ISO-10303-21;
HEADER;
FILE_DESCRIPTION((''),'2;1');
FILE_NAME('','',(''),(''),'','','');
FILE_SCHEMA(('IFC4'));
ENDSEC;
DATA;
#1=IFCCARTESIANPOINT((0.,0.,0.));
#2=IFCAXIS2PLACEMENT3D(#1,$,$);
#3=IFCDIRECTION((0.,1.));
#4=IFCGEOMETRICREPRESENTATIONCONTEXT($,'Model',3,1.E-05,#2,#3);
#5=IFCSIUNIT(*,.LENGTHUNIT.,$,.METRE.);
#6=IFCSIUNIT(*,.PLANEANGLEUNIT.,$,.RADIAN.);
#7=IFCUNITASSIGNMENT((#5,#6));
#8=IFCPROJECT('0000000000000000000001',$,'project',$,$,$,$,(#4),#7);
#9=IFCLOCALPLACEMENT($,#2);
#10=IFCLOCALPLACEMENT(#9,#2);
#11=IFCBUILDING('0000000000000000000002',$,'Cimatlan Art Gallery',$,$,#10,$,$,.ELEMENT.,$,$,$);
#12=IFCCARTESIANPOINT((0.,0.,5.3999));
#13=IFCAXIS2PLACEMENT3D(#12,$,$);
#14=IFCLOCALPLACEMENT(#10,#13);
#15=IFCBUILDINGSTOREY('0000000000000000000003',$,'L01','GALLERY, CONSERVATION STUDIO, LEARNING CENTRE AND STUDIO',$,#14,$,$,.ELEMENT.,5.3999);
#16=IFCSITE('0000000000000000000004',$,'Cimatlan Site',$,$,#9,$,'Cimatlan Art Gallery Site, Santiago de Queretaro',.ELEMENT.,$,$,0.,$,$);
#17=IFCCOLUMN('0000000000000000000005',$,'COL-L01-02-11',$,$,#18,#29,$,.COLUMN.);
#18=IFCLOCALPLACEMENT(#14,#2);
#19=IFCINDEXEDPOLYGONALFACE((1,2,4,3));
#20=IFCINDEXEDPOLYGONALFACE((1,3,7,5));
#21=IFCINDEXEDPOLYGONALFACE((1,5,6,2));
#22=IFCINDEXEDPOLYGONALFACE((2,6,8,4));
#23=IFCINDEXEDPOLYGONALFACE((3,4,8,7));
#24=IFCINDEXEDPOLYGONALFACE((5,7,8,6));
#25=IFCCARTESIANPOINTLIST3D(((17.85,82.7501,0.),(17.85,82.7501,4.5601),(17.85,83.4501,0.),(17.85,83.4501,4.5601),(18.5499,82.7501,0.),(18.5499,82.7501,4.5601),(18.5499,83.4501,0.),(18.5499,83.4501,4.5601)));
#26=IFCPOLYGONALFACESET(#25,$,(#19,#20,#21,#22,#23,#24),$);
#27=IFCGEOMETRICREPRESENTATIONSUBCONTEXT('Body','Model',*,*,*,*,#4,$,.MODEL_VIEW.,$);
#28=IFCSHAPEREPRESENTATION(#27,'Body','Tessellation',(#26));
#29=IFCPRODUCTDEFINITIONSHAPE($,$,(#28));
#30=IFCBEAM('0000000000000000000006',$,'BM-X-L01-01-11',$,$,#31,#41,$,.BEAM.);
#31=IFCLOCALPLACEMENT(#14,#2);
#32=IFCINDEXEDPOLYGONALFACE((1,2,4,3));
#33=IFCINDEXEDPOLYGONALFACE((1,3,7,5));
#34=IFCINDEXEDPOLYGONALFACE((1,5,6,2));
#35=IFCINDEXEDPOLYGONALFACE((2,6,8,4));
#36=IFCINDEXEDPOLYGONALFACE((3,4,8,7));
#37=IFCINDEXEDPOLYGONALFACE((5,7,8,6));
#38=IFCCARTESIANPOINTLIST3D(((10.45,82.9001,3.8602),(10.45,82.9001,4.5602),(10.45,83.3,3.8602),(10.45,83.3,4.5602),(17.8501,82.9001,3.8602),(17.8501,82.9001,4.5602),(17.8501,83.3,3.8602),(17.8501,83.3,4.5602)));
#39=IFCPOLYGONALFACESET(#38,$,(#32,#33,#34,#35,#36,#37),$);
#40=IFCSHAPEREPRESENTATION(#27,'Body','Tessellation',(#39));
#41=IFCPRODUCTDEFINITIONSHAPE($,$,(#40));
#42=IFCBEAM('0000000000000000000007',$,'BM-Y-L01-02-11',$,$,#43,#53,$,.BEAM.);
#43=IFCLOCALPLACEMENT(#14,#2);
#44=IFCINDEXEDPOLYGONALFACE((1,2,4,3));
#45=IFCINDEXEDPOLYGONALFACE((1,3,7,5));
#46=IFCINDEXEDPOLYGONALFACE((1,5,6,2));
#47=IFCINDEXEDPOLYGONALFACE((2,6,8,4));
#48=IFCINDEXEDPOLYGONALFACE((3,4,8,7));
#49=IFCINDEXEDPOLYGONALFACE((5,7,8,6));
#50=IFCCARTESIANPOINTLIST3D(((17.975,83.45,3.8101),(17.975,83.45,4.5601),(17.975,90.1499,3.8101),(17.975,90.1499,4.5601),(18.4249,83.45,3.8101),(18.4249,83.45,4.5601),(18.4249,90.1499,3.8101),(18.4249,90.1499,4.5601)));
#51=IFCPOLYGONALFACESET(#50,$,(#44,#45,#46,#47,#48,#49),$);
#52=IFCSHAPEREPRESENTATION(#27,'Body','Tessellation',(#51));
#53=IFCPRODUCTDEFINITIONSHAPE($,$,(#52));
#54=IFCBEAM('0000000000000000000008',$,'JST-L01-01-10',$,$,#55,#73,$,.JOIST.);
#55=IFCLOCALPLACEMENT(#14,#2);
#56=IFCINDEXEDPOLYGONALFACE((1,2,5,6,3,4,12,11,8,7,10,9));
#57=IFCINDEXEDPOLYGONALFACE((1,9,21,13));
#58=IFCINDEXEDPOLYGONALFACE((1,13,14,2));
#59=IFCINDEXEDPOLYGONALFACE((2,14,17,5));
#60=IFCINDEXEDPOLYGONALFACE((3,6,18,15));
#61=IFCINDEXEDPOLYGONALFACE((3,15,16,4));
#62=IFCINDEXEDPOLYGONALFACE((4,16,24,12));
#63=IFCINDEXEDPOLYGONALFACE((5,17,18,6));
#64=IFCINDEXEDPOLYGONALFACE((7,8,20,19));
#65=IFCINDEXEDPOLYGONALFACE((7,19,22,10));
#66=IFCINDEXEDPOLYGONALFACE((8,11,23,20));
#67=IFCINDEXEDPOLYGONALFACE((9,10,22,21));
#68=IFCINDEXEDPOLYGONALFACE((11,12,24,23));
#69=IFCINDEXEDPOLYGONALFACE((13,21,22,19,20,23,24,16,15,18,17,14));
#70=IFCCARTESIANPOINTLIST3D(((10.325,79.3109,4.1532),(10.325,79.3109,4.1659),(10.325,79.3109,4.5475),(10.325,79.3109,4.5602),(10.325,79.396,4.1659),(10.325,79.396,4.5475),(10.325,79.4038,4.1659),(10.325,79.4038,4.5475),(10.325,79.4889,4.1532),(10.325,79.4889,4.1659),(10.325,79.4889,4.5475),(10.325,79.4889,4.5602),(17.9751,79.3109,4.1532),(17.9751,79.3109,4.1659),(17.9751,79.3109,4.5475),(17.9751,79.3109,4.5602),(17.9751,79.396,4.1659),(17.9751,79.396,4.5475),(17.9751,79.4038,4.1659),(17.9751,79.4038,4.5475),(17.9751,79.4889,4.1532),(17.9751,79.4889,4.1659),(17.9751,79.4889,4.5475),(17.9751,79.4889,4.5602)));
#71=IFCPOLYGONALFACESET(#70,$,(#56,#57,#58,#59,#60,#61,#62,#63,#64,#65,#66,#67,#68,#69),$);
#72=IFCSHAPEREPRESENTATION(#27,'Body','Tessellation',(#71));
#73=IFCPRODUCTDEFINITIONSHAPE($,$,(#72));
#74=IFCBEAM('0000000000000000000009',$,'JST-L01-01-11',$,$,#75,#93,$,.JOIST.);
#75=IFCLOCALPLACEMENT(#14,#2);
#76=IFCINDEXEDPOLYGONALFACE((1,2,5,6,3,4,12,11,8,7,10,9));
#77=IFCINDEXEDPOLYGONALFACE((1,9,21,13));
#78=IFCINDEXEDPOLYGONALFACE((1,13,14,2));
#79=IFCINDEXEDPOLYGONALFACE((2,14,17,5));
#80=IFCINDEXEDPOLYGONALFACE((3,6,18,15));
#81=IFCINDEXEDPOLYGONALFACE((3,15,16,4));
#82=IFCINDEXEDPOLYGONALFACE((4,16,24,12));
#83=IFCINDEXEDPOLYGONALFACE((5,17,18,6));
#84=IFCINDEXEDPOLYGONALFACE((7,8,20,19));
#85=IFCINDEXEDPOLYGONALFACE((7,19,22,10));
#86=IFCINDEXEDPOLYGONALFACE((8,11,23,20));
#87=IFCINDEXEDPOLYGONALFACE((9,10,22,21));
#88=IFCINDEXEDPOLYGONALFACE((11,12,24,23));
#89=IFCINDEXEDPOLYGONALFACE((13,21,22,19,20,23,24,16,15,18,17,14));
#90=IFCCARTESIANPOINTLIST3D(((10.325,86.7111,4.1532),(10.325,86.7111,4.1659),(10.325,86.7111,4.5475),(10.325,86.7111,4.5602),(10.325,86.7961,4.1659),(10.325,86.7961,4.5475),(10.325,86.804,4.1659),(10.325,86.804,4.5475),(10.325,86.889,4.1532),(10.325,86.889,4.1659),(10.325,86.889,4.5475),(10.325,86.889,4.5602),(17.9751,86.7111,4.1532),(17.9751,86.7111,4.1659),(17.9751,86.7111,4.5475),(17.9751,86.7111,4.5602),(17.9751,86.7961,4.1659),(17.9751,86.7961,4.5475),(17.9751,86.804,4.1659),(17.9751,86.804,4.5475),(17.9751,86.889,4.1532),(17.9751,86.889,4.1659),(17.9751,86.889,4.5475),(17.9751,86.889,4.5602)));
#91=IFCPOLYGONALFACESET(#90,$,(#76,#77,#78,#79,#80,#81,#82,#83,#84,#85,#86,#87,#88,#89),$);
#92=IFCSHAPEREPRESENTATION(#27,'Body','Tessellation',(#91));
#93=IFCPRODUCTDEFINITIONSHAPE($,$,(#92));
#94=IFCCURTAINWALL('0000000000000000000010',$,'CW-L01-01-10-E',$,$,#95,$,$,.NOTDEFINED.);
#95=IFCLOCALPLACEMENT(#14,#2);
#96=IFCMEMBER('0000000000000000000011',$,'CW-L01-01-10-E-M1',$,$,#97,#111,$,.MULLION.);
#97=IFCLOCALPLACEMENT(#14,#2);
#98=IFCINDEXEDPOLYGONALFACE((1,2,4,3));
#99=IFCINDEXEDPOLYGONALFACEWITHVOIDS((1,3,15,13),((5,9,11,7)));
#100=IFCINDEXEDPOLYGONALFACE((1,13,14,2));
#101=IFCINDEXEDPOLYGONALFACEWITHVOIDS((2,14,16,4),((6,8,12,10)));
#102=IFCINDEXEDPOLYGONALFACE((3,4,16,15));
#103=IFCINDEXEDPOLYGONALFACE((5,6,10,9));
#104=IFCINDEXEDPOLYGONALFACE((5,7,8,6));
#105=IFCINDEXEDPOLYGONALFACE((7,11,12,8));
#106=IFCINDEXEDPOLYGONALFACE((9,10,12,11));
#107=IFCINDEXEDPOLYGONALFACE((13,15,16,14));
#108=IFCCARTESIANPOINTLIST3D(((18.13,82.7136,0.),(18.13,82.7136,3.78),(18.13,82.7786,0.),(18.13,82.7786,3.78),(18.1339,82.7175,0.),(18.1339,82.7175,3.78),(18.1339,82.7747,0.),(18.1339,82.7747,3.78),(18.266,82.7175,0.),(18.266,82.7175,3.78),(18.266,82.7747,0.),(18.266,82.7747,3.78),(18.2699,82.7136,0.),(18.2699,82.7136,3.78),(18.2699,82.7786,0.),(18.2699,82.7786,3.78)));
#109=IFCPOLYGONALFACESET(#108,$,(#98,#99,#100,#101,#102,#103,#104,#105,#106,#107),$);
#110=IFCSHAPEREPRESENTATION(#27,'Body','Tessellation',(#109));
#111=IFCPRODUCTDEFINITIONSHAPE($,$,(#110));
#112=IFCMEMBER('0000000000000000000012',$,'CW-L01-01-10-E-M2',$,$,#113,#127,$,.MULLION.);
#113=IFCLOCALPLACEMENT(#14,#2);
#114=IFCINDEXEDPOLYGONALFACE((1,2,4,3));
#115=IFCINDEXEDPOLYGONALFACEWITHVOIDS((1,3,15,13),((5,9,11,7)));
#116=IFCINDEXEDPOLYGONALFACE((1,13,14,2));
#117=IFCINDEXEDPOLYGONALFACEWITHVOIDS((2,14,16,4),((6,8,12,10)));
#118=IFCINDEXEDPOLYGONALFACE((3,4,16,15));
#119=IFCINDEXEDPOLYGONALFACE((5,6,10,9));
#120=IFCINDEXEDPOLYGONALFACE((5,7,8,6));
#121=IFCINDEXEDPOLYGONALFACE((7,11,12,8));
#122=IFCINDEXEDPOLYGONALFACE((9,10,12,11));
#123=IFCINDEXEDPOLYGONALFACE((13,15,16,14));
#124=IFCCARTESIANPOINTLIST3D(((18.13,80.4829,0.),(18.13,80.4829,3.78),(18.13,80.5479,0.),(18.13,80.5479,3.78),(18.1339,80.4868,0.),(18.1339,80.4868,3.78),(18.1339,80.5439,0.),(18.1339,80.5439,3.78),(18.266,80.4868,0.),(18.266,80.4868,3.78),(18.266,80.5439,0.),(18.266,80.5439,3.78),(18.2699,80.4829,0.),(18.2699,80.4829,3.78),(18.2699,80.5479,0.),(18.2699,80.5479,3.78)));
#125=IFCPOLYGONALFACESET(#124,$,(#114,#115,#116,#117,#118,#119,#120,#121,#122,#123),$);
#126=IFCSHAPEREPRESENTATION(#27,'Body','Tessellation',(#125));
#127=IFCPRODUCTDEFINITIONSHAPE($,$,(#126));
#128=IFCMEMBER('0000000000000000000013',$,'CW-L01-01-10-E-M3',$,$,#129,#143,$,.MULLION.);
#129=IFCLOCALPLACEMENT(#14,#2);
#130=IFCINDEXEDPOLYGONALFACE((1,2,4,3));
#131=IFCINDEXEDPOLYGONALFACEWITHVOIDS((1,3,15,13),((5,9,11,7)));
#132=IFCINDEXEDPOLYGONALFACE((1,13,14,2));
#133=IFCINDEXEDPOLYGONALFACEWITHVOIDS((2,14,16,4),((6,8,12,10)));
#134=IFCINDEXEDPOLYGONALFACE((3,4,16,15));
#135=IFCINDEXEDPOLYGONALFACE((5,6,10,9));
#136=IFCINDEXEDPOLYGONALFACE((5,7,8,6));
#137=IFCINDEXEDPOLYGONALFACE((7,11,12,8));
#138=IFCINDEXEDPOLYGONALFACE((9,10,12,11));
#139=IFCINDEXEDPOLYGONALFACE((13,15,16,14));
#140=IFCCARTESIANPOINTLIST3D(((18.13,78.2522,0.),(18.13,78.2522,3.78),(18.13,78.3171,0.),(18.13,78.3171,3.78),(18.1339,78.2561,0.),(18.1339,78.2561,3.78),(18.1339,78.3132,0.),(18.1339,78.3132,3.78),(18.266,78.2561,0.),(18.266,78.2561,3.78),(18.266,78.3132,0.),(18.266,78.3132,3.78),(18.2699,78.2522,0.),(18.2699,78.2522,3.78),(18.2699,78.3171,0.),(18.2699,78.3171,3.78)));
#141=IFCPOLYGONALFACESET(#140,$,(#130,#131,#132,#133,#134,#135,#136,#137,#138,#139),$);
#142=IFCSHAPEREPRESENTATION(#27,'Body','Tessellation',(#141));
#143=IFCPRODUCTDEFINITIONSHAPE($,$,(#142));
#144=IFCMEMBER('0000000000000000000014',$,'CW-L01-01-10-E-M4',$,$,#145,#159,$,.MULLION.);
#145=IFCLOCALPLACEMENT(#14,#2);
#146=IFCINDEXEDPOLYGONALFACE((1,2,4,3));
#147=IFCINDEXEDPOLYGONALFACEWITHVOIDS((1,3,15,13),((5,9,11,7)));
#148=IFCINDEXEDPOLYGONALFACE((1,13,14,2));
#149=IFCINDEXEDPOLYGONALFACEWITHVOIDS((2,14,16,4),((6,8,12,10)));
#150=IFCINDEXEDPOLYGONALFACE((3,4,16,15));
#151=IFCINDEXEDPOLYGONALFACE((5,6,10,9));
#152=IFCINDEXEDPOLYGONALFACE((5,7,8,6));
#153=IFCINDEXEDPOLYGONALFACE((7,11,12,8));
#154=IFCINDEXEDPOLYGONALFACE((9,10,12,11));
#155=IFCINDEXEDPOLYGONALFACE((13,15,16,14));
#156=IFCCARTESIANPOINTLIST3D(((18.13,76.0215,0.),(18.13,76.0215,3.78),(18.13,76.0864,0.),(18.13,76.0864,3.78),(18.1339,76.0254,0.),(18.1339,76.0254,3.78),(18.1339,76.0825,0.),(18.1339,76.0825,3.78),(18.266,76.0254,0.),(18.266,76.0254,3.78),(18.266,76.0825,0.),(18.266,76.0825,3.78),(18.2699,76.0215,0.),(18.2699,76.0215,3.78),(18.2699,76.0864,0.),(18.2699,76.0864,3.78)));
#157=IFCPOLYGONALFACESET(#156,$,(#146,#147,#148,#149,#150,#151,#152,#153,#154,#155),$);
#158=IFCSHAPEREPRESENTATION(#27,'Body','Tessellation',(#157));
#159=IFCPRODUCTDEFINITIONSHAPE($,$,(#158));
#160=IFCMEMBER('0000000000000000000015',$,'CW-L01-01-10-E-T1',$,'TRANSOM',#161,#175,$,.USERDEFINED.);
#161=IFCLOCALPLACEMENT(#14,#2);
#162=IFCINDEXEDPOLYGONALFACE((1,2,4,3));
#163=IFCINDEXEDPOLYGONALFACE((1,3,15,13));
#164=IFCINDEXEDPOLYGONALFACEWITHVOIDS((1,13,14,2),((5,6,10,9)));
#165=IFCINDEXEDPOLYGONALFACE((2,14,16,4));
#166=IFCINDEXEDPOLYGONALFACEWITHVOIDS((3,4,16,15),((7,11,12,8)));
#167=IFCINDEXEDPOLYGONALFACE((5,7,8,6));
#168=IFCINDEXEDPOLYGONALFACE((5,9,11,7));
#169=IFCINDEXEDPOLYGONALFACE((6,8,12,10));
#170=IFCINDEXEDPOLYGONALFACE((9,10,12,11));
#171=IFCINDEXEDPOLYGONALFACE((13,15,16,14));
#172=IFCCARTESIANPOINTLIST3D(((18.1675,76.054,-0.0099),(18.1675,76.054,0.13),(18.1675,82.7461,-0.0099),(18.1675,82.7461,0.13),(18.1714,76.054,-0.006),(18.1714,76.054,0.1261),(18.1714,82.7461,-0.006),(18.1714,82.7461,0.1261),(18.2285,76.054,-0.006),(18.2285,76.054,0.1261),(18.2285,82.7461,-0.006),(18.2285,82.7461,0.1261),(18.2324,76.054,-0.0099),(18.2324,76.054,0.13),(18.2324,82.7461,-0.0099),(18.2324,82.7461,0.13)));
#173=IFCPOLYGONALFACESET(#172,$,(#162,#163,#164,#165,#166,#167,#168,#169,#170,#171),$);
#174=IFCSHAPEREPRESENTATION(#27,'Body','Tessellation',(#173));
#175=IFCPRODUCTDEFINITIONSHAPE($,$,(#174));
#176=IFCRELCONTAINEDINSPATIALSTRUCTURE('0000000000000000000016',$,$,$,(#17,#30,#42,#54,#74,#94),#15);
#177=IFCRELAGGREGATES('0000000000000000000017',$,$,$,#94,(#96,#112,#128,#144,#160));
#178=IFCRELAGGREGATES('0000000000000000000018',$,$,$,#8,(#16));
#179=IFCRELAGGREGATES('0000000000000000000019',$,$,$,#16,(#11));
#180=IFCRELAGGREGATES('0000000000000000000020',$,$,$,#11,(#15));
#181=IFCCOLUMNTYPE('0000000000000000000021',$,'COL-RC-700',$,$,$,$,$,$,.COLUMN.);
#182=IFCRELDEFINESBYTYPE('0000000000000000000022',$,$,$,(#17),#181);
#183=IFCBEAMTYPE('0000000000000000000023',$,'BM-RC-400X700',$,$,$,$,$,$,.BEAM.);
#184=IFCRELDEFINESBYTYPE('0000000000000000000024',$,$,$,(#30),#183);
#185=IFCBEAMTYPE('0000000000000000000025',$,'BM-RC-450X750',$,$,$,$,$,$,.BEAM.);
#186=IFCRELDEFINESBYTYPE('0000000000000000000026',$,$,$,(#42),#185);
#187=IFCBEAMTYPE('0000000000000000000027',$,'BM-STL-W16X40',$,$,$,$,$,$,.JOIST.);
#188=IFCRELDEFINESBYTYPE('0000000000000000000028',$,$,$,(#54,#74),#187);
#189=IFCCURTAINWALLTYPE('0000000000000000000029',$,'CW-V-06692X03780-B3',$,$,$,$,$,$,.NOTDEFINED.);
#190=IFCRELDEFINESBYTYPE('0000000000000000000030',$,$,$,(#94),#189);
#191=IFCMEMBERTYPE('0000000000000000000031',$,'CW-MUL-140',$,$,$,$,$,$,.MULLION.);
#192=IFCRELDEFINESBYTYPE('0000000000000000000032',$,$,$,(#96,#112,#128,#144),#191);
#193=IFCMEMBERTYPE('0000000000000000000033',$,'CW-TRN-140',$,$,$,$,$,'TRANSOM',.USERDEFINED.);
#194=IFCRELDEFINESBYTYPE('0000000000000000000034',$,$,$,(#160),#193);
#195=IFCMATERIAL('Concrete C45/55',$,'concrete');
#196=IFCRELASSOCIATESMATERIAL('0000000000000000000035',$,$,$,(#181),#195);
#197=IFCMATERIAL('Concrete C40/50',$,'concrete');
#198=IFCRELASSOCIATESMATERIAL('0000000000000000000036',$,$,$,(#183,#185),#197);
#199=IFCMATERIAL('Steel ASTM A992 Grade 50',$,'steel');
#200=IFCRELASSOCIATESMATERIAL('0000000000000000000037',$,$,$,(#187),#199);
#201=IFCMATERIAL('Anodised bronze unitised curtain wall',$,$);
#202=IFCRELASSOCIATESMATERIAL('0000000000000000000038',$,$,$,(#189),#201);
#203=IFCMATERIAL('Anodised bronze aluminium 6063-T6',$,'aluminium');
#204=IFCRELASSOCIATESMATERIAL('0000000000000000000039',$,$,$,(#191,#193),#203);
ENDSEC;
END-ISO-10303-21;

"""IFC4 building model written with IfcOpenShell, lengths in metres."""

from ifc_helpers import new_model, si_unit, direction, frame, origin, origin_2d, place, context, subcontext, project, spatial, rectangle, hollow_rectangle, i_section, extrude, material, material_profile, profile_set, type_object, element, aggregate, save


model = new_model("IFC4")

# Units and contexts
model_context = context("Model", 3, precision=1e-05, world=origin(), true_north=direction((0.0, 1.0)))
body_context = subcontext(model_context, "Body", "Model", "MODEL_VIEW")
ifc_project = project(units=[si_unit("LENGTHUNIT", "METRE"), si_unit("PLANEANGLEUNIT", "RADIAN")], contexts=[model_context])

# Site, building, storey
site_placement = place(None, origin())
site = spatial("IfcSite", under=ifc_project, at=site_placement, Name="Cimatlan Site", LongName="Cimatlan Art Gallery Site, Santiago de Queretaro", CompositionType="ELEMENT", RefElevation=0.0)
building_placement = place(site_placement, origin())
building = spatial("IfcBuilding", under=site, at=building_placement, Name="Cimatlan Art Gallery", CompositionType="ELEMENT")
storey_placement = place(building_placement, frame((0.0, 0.0, 5.3999)))
storey = spatial("IfcBuildingStorey", under=building, at=storey_placement, Name="L01", Description="GALLERY, CONSERVATION STUDIO, LEARNING CENTRE AND STUDIO", CompositionType="ELEMENT", Elevation=5.3999)

# Column
ifc_material_1 = material(Name="Concrete C45/55", Category="concrete")
ifc_material_profile_1 = material_profile(ifc_material_1, rectangle(XDim=0.7, YDim=0.7, at=origin_2d()), Name="RC700X700")
ifc_profile_set_1 = profile_set([ifc_material_profile_1], Name="Concrete C45/55")
column_type = type_object("IfcColumnType", Name="COL-RC-700", PredefinedType="COLUMN", material=ifc_profile_set_1)
column_placement = place(storey_placement, frame((18.2, 83.1001, 0.0), z_axis=(0.0, 0.0, 1.0), x_axis=(1.0, 0.0, 0.0)))
element("IfcColumn", 1, at=column_placement, inside=storey, type_object=column_type, Name="COL-L01-02-11", PredefinedType="COLUMN", context=body_context, shape_type="SweptSolid", body=[
    extrude(rectangle(XDim=0.7, YDim=0.7, at=origin_2d()), origin(), (0.0, 0.0, 1.0), 4.5601),
])

# Beams
ifc_material_2 = material(Name="Concrete C40/50", Category="concrete")
ifc_material_profile_2 = material_profile(ifc_material_2, rectangle(XDim=0.3999, YDim=0.7, at=origin_2d()), Name="RC400X700")
ifc_profile_set_2 = profile_set([ifc_material_profile_2], Name="Concrete C40/50")
beam_type_1 = type_object("IfcBeamType", Name="BM-RC-400X700", PredefinedType="BEAM", material=ifc_profile_set_2)
beam_1_placement = place(storey_placement, frame((10.45, 83.1001, 4.2102), z_axis=(1.0, 0.0, 0.0), x_axis=(0.0, 1.0, 0.0)))
element("IfcBeam", 2, at=beam_1_placement, inside=storey, type_object=beam_type_1, Name="BM-X-L01-01-11", PredefinedType="BEAM", context=body_context, shape_type="SweptSolid", body=[
    extrude(rectangle(XDim=0.3999, YDim=0.7, at=origin_2d()), origin(), (0.0, 0.0, 1.0), 7.4001),
])
ifc_material_profile_3 = material_profile(ifc_material_2, rectangle(XDim=0.45, YDim=0.75, at=origin_2d()), Name="RC450X750")
ifc_profile_set_3 = profile_set([ifc_material_profile_3], Name="Concrete C40/50")
beam_type_2 = type_object("IfcBeamType", Name="BM-RC-450X750", PredefinedType="BEAM", material=ifc_profile_set_3)
beam_2_placement = place(storey_placement, frame((18.2, 83.45, 4.1851), z_axis=(0.0, 1.0, 0.0), x_axis=(-1.0, 0.0, 0.0)))
element("IfcBeam", 3, at=beam_2_placement, inside=storey, type_object=beam_type_2, Name="BM-Y-L01-02-11", PredefinedType="BEAM", context=body_context, shape_type="SweptSolid", body=[
    extrude(rectangle(XDim=0.45, YDim=0.75, at=origin_2d()), origin(), (0.0, 0.0, 1.0), 6.7),
])
ifc_material_3 = material(Name="Steel ASTM A992 Grade 50", Category="steel")
ifc_material_profile_4 = material_profile(ifc_material_3, i_section(OverallWidth=0.178, OverallDepth=0.407, WebThickness=0.0078, FlangeThickness=0.0127, at=origin_2d()), Name="W16X40")
ifc_profile_set_4 = profile_set([ifc_material_profile_4], Name="Steel ASTM A992 Grade 50")
beam_type_3 = type_object("IfcBeamType", Name="BM-STL-W16X40", PredefinedType="JOIST", material=ifc_profile_set_4)
for number, where, z_axis, x_axis, name in (
    (4, (10.325, 79.3999, 4.3567), (1.0, 0.0, 0.0), (0.0, 1.0, 0.0), "JST-L01-01-10"),
    (5, (10.325, 86.8, 4.3567), (1.0, 0.0, 0.0), (0.0, 1.0, 0.0), "JST-L01-01-11"),
):
    element("IfcBeam", number, at=place(storey_placement, frame(where, z_axis=z_axis, x_axis=x_axis)), inside=storey, type_object=beam_type_3, Name=name, PredefinedType="JOIST", context=body_context, shape_type="SweptSolid", body=[
        extrude(i_section(OverallWidth=0.178, OverallDepth=0.407, WebThickness=0.0078, FlangeThickness=0.0127, at=origin_2d()), origin(), (0.0, 0.0, 1.0), 7.6501),
    ])

# Curtain wall, members
ifc_material_4 = material(Name="Anodised bronze unitised curtain wall")
curtain_wall_type = type_object("IfcCurtainWallType", Name="CW-V-06692X03780-B3", PredefinedType="NOTDEFINED", material=ifc_material_4)
curtain_wall_placement = place(storey_placement, origin())
curtain_wall = element("IfcCurtainWall", 6, at=curtain_wall_placement, inside=storey, type_object=curtain_wall_type, Name="CW-L01-01-10-E", PredefinedType="NOTDEFINED")
ifc_material_5 = material(Name="Anodised bronze aluminium 6063-T6", Category="aluminium")
ifc_material_profile_5 = material_profile(ifc_material_5, hollow_rectangle(XDim=0.0649, YDim=0.1399, WallThickness=0.0039, at=origin_2d()), Name="ALU65X140X4")
ifc_profile_set_5 = profile_set([ifc_material_profile_5], Name="Anodised bronze aluminium 6063-T6")
member_type_1 = type_object("IfcMemberType", Name="CW-MUL-140", PredefinedType="MULLION", material=ifc_profile_set_5)
member_1_placement = place(storey_placement, frame((18.2, 82.7461, 0.0), z_axis=(0.0, 0.0, 1.0), x_axis=(0.0, 1.0, 0.0)))
member_1 = element("IfcMember", 7, at=member_1_placement, type_object=member_type_1, Name="CW-L01-01-10-E-M1", PredefinedType="MULLION", context=body_context, shape_type="SweptSolid", body=[
    extrude(hollow_rectangle(XDim=0.0649, YDim=0.1399, WallThickness=0.0039, at=origin_2d()), origin(), (0.0, 0.0, 1.0), 3.78),
])
member_2_placement = place(storey_placement, frame((18.2, 80.5154, 0.0), z_axis=(0.0, 0.0, 1.0), x_axis=(0.0, 1.0, 0.0)))
member_2 = element("IfcMember", 8, at=member_2_placement, type_object=member_type_1, Name="CW-L01-01-10-E-M2", PredefinedType="MULLION", context=body_context, shape_type="SweptSolid", body=[
    extrude(hollow_rectangle(XDim=0.0649, YDim=0.1399, WallThickness=0.0039, at=origin_2d()), origin(), (0.0, 0.0, 1.0), 3.78),
])
member_3_placement = place(storey_placement, frame((18.2, 78.2847, 0.0), z_axis=(0.0, 0.0, 1.0), x_axis=(0.0, 1.0, 0.0)))
member_3 = element("IfcMember", 9, at=member_3_placement, type_object=member_type_1, Name="CW-L01-01-10-E-M3", PredefinedType="MULLION", context=body_context, shape_type="SweptSolid", body=[
    extrude(hollow_rectangle(XDim=0.0649, YDim=0.1399, WallThickness=0.0039, at=origin_2d()), origin(), (0.0, 0.0, 1.0), 3.78),
])
member_4_placement = place(storey_placement, frame((18.2, 76.054, 0.0), z_axis=(0.0, 0.0, 1.0), x_axis=(0.0, 1.0, 0.0)))
member_4 = element("IfcMember", 10, at=member_4_placement, type_object=member_type_1, Name="CW-L01-01-10-E-M4", PredefinedType="MULLION", context=body_context, shape_type="SweptSolid", body=[
    extrude(hollow_rectangle(XDim=0.0649, YDim=0.1399, WallThickness=0.0039, at=origin_2d()), origin(), (0.0, 0.0, 1.0), 3.78),
])
ifc_material_profile_6 = material_profile(ifc_material_5, hollow_rectangle(XDim=0.0649, YDim=0.1399, WallThickness=0.0039, at=origin_2d()), Name="ALU65X140X4")
ifc_profile_set_6 = profile_set([ifc_material_profile_6], Name="Anodised bronze aluminium 6063-T6")
member_type_2 = type_object("IfcMemberType", Name="CW-TRN-140", ElementType="TRANSOM", PredefinedType="USERDEFINED", material=ifc_profile_set_6)
member_5_placement = place(storey_placement, frame((18.2, 82.7461, 0.0601), z_axis=(0.0, -1.0, 0.0), x_axis=(1.0, 0.0, 0.0)))
member_5 = element("IfcMember", 11, at=member_5_placement, type_object=member_type_2, Name="CW-L01-01-10-E-T1", ObjectType="TRANSOM", PredefinedType="USERDEFINED", context=body_context, shape_type="SweptSolid", body=[
    extrude(hollow_rectangle(XDim=0.0649, YDim=0.1399, WallThickness=0.0039, at=origin_2d()), origin(), (0.0, 0.0, 1.0), 6.6921),
])
aggregate(curtain_wall, [member_1, member_2, member_3, member_4, member_5])

save(model, "model.ifc")
